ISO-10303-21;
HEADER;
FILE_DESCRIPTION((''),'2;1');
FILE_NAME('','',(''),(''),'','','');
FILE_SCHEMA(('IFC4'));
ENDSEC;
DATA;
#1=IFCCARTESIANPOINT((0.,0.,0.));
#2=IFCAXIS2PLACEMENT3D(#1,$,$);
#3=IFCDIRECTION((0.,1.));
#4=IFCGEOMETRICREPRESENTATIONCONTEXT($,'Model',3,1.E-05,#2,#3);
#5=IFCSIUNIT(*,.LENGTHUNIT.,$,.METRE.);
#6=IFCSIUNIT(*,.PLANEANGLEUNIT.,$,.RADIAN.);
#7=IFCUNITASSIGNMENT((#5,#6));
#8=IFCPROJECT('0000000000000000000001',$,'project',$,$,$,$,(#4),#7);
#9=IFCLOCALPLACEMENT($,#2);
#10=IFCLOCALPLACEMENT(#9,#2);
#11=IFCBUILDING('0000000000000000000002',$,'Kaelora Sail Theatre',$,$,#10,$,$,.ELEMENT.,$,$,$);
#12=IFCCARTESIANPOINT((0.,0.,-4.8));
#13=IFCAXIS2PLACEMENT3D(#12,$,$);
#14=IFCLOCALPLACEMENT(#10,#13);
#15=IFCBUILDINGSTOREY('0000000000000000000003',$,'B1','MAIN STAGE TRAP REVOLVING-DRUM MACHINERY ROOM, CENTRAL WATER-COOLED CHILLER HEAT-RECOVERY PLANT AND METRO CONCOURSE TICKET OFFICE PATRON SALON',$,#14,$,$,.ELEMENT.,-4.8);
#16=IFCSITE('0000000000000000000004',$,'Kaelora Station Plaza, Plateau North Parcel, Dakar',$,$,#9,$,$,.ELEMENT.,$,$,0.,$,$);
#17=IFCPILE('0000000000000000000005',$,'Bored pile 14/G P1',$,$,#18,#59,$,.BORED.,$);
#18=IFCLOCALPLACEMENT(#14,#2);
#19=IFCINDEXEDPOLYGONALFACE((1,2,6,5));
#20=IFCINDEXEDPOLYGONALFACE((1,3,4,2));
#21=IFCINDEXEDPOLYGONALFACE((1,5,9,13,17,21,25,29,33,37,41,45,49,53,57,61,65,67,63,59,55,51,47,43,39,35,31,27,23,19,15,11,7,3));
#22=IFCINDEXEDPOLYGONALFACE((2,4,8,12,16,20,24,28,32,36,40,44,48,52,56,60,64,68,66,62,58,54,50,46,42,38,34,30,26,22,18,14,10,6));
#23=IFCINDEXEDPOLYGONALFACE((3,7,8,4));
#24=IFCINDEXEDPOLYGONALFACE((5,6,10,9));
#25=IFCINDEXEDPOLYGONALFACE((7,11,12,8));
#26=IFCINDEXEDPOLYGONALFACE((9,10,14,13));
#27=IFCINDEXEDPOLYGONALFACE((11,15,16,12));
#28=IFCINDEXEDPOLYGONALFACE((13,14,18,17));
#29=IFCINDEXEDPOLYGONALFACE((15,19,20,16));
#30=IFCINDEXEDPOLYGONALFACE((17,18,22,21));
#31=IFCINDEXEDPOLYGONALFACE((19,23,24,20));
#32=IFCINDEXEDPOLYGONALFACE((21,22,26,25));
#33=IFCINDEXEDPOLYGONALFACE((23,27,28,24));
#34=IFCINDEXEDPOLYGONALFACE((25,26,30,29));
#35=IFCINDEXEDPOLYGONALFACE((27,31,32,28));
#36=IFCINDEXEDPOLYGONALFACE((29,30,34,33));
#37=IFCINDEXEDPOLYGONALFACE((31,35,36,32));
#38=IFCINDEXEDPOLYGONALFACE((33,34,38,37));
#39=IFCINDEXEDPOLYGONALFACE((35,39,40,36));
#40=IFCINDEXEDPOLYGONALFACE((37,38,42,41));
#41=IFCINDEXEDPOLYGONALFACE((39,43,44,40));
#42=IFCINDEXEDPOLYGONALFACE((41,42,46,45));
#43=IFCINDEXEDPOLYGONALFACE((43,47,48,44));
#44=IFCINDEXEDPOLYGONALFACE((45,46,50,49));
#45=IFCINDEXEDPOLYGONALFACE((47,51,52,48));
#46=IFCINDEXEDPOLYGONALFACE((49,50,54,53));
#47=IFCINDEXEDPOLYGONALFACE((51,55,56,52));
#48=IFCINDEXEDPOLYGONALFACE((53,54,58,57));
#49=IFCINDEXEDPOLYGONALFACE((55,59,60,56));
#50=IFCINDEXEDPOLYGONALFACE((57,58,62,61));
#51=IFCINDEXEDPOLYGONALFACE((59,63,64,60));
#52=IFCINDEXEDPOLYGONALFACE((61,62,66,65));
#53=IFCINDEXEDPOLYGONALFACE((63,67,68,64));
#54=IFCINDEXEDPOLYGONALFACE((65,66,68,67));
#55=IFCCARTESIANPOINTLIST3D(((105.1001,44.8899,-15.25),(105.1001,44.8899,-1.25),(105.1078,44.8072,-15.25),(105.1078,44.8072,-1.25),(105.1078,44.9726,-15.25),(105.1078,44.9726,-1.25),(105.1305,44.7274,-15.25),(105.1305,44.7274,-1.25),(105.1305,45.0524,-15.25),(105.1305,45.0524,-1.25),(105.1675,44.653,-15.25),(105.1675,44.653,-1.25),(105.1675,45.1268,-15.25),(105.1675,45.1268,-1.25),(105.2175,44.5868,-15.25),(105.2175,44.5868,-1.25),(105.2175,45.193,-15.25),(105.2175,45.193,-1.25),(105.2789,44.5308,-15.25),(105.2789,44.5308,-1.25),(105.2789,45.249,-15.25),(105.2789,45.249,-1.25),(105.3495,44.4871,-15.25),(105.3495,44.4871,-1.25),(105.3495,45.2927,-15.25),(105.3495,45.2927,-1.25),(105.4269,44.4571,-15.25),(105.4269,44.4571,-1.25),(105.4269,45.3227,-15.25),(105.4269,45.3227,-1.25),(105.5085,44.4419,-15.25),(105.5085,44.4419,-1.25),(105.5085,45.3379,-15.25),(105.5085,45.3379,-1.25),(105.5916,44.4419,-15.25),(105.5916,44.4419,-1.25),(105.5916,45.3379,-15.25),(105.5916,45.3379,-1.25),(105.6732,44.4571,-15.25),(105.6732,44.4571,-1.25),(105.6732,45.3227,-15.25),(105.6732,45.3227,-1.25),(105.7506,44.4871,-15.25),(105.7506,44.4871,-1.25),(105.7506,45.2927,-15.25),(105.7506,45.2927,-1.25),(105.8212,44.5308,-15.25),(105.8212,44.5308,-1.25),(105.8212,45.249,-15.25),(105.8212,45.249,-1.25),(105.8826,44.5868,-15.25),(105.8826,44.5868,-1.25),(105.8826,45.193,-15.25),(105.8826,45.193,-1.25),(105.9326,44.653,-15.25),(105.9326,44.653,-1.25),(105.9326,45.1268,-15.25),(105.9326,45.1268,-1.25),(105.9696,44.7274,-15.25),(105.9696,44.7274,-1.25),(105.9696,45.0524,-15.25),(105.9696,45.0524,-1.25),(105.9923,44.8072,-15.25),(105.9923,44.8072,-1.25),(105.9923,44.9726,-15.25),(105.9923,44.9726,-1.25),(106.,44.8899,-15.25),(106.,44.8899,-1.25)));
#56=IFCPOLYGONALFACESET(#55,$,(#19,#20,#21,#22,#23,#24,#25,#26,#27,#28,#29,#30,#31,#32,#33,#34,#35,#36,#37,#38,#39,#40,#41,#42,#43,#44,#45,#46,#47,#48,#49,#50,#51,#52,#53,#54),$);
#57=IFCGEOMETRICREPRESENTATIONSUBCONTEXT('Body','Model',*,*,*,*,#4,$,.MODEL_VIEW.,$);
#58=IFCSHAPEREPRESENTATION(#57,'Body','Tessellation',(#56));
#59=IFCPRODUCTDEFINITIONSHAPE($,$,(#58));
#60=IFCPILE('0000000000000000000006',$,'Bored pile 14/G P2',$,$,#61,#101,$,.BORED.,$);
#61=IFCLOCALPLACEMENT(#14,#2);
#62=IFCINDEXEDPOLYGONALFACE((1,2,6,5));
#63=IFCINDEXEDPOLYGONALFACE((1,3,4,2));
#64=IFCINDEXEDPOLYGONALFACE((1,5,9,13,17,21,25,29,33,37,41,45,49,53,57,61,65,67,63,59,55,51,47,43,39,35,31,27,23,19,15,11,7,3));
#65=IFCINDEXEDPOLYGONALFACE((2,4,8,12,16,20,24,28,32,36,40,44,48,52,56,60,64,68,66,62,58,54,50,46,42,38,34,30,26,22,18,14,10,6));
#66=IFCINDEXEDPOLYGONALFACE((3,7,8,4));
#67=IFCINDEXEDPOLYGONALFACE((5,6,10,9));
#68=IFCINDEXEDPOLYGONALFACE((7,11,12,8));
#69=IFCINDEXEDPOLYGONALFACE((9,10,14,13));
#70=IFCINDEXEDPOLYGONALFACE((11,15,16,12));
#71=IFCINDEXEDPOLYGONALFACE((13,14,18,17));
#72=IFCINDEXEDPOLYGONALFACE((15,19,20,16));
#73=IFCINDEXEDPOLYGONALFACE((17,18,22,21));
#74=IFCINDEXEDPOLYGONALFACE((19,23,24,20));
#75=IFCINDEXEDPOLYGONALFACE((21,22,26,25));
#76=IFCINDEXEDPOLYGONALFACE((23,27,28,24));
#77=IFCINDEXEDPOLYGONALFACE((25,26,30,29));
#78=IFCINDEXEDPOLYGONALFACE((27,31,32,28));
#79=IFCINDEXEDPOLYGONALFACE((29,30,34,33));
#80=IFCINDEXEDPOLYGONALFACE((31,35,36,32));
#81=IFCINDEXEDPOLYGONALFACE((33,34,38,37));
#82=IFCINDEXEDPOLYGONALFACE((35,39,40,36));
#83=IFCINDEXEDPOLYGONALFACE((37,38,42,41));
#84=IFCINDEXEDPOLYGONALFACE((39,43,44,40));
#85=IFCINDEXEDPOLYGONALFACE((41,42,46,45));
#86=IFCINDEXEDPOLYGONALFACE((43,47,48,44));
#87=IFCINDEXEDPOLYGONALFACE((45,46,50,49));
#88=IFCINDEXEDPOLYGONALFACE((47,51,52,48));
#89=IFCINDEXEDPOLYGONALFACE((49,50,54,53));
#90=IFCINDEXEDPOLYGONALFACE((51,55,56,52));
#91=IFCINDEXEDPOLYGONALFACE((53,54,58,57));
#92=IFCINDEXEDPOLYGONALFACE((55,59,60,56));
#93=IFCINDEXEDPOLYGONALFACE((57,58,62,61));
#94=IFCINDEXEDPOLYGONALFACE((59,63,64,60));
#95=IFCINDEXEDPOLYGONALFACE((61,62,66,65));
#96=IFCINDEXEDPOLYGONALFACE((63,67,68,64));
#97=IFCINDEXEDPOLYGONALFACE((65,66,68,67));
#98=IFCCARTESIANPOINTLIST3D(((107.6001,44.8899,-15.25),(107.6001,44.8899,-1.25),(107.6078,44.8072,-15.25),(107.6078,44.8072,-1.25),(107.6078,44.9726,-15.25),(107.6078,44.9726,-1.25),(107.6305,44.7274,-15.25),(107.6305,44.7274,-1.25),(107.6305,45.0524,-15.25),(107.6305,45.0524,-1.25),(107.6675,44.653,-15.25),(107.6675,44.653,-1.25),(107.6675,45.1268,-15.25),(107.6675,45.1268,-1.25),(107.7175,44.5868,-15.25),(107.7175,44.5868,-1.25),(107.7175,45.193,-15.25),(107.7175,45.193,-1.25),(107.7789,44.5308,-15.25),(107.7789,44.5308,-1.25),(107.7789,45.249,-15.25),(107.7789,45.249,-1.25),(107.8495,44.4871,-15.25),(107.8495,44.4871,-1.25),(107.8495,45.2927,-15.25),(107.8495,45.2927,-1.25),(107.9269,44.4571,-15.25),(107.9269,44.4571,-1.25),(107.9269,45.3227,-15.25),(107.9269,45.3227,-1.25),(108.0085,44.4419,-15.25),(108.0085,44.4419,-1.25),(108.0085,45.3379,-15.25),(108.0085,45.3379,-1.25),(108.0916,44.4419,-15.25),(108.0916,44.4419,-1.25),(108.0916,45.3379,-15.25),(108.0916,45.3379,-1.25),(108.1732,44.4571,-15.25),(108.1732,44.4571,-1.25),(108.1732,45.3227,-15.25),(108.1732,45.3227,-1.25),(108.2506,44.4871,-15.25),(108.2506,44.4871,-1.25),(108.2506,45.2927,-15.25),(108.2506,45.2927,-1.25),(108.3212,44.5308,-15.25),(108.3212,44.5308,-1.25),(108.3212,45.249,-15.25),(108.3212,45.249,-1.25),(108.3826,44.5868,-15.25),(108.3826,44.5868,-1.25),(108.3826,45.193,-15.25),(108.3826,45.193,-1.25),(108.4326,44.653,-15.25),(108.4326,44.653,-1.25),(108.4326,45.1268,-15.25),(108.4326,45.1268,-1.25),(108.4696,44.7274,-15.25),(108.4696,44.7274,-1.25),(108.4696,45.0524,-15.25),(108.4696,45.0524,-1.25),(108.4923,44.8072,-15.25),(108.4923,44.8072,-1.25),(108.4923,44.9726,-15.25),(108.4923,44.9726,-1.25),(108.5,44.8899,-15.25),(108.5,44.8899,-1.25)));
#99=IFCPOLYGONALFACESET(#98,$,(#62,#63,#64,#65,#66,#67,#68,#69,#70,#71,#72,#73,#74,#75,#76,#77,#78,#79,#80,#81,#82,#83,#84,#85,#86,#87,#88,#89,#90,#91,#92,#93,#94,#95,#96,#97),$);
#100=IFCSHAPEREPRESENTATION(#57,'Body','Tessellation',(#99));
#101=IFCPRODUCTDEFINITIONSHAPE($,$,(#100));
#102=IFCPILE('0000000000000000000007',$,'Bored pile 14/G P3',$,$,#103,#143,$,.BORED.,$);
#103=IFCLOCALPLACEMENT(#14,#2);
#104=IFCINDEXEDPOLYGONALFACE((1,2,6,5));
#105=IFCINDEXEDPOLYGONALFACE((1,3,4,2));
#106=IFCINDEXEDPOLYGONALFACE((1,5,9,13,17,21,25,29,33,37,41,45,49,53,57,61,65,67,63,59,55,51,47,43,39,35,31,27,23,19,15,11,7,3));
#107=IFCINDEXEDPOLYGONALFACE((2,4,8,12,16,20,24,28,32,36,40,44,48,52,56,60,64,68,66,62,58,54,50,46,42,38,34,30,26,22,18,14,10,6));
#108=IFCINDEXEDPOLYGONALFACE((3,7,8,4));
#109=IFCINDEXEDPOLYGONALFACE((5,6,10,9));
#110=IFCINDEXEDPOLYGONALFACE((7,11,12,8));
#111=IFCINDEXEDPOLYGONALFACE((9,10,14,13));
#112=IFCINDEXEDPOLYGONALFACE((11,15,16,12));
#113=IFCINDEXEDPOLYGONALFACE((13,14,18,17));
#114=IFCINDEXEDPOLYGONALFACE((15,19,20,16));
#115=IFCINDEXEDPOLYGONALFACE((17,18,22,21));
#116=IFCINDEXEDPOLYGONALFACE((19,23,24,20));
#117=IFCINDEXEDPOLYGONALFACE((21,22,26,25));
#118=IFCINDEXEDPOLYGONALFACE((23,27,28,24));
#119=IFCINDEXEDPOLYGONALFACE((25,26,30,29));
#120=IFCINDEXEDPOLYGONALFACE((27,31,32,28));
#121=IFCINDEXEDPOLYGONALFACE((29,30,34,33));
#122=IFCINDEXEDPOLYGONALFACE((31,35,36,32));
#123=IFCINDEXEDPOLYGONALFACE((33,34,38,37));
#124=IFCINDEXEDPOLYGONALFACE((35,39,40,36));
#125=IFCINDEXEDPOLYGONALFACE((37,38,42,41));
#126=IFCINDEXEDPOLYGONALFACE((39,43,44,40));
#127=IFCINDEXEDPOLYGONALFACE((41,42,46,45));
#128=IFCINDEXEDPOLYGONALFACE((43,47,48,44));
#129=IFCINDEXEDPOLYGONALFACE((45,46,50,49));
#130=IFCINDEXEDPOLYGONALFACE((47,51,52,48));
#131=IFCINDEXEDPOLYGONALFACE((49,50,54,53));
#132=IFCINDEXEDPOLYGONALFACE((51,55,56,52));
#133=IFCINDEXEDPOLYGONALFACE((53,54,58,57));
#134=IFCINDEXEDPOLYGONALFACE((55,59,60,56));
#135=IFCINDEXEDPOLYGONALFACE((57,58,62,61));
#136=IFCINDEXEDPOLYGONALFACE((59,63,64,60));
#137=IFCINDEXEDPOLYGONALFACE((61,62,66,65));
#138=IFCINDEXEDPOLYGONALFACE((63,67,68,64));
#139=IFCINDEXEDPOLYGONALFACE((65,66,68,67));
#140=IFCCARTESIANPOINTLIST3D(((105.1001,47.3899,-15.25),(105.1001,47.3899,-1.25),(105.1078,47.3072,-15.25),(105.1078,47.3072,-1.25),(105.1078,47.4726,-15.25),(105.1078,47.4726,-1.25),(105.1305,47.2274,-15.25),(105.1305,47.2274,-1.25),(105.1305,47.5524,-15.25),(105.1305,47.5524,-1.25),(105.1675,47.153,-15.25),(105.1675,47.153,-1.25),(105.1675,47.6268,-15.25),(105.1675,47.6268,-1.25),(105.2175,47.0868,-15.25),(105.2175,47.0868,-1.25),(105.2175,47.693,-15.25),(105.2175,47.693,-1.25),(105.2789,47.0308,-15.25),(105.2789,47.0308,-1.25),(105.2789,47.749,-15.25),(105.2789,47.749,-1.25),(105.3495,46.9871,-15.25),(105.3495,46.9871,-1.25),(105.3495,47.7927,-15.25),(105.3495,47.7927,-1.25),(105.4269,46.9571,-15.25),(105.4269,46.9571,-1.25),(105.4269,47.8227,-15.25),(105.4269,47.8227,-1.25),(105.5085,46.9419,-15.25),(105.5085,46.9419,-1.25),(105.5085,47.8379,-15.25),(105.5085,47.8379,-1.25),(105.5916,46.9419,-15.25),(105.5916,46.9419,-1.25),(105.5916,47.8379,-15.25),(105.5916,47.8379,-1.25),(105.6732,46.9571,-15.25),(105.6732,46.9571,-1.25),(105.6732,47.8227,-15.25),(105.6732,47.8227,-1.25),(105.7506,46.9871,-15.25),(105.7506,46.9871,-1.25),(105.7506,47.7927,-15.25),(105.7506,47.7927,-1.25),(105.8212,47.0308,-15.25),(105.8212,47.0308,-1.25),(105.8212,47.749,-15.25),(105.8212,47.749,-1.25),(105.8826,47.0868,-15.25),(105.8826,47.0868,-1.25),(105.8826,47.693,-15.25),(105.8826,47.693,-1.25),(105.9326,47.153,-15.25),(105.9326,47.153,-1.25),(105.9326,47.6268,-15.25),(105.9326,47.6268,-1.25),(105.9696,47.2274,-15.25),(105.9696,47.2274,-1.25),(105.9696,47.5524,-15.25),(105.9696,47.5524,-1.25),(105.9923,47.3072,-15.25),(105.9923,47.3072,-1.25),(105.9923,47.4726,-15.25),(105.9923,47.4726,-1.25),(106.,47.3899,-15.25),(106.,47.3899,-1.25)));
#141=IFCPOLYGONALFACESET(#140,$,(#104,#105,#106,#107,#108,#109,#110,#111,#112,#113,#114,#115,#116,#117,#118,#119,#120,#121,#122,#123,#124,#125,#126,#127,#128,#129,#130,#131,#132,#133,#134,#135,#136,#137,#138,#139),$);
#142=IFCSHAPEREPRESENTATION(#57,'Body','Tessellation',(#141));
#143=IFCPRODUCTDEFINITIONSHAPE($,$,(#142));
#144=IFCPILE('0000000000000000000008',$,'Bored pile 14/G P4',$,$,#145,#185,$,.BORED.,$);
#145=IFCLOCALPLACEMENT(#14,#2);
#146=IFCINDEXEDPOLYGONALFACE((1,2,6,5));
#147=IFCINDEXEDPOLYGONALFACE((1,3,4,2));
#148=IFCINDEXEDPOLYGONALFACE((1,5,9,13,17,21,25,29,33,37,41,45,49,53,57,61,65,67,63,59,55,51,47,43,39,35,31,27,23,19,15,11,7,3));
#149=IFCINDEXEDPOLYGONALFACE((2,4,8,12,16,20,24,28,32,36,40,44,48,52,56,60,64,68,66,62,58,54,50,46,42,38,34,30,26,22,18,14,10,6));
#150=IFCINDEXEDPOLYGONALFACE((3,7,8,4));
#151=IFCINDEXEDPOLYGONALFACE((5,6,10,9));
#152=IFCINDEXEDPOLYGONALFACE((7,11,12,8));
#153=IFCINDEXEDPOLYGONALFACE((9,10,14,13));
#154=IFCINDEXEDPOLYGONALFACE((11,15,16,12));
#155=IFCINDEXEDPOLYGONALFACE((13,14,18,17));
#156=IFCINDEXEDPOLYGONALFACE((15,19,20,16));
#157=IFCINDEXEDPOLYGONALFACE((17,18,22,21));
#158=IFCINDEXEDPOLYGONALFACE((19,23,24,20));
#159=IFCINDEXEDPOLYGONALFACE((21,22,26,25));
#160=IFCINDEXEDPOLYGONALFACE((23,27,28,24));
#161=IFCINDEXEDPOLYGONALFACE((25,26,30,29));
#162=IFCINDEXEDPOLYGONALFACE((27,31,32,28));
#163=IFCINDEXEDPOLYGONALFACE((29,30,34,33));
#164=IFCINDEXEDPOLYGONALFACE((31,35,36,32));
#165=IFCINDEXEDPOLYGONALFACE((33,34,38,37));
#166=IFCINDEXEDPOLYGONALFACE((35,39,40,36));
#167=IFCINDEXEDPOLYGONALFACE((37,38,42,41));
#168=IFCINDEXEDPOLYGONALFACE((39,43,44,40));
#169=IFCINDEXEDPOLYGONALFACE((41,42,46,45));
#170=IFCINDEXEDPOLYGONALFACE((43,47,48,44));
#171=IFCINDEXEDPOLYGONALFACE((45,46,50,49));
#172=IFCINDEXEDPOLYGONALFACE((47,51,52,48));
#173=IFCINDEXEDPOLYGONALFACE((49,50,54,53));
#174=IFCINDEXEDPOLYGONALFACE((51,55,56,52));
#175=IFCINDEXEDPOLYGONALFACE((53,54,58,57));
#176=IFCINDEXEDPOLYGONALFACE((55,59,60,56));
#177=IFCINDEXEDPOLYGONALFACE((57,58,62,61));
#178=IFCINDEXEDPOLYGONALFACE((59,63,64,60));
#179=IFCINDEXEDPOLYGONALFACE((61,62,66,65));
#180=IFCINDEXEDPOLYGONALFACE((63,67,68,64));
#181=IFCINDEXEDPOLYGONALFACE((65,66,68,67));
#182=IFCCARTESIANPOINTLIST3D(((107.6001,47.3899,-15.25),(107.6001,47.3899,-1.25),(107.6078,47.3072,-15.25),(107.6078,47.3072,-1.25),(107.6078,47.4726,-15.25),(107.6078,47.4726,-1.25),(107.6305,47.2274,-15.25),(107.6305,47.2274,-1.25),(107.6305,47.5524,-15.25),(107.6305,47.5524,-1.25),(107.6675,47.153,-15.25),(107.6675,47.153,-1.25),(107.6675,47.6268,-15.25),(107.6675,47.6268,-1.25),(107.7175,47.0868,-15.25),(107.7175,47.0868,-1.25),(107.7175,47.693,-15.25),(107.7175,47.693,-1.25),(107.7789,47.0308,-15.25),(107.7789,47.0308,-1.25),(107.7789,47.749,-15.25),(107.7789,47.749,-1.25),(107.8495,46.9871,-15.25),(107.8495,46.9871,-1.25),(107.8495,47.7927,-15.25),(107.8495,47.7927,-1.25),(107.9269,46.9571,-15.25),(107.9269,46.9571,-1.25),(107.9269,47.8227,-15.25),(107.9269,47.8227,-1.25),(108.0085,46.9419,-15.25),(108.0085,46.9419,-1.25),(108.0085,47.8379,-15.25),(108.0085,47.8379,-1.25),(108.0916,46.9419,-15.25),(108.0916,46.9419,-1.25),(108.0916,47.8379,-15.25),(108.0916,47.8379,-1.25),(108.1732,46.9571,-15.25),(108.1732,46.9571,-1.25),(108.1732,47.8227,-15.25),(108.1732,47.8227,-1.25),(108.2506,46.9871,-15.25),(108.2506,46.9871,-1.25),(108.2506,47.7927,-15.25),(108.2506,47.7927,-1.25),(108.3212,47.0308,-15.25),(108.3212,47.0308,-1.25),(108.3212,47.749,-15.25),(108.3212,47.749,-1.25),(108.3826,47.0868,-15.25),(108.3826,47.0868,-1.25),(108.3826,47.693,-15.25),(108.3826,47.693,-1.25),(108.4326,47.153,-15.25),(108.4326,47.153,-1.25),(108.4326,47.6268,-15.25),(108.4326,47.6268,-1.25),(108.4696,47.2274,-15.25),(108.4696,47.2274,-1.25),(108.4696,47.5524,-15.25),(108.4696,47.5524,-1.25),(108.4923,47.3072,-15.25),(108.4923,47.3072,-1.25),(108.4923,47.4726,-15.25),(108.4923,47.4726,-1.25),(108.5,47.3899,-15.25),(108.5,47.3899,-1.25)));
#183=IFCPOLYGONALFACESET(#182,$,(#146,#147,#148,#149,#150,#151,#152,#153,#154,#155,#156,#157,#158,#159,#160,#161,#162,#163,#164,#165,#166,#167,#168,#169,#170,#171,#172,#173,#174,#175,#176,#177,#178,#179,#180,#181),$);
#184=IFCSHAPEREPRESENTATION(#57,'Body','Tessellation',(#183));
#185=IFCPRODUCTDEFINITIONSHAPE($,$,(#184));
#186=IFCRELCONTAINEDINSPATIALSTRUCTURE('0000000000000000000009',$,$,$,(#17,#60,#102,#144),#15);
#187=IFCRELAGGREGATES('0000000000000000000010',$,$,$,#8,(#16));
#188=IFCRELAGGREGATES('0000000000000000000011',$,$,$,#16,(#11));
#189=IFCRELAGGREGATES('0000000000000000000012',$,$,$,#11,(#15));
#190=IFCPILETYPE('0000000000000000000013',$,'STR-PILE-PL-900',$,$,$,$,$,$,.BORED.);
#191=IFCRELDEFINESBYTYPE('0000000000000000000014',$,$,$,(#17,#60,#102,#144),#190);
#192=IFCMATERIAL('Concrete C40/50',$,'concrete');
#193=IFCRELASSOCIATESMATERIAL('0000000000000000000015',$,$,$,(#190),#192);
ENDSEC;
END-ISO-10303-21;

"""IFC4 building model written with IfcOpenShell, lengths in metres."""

from ifc_helpers import new_model, si_unit, direction, frame, origin, origin_2d, place, context, subcontext, project, spatial, circle, extrude, material, material_profile, profile_set, type_object, element, save


model = new_model("IFC4")

# Units and contexts
model_context = context("Model", 3, precision=1e-05, world=origin(), true_north=direction((0.0, 1.0)))
body_context = subcontext(model_context, "Body", "Model", "MODEL_VIEW")
ifc_project = project(units=[si_unit("LENGTHUNIT", "METRE"), si_unit("PLANEANGLEUNIT", "RADIAN")], contexts=[model_context])

# Site, building, storey
site_placement = place(None, origin())
site = spatial("IfcSite", under=ifc_project, at=site_placement, Name="Kaelora Station Plaza, Plateau North Parcel, Dakar", CompositionType="ELEMENT", RefElevation=0.0)
building_placement = place(site_placement, origin())
building = spatial("IfcBuilding", under=site, at=building_placement, Name="Kaelora Sail Theatre", CompositionType="ELEMENT")
storey_placement = place(building_placement, frame((0.0, 0.0, -4.8)))
storey = spatial("IfcBuildingStorey", under=building, at=storey_placement, Name="B1", Description="MAIN STAGE TRAP REVOLVING-DRUM MACHINERY ROOM, CENTRAL WATER-COOLED CHILLER HEAT-RECOVERY PLANT AND METRO CONCOURSE TICKET OFFICE PATRON SALON", CompositionType="ELEMENT", Elevation=-4.8)

# Piles
ifc_material_1 = material(Name="Concrete C40/50", Category="concrete")
ifc_material_profile_1 = material_profile(ifc_material_1, circle(Radius=0.45, at=origin_2d()), Name="PILE D900")
ifc_profile_set_1 = profile_set([ifc_material_profile_1], Name="Concrete C40/50")
pile_type_1 = type_object("IfcPileType", Name="STR-PILE-PL-900", PredefinedType="BORED", material=ifc_profile_set_1)
for number, where, z_axis, x_axis, name in (
    (1, (105.55, 44.8899, -1.25), (0.0, 0.0, -1.0), (1.0, 0.0, 0.0), "Bored pile 14/G P1"),
    (2, (108.05, 44.8899, -1.25), (0.0, 0.0, -1.0), (1.0, 0.0, 0.0), "Bored pile 14/G P2"),
    (3, (105.55, 47.3899, -1.25), (0.0, 0.0, -1.0), (1.0, 0.0, 0.0), "Bored pile 14/G P3"),
    (4, (108.05, 47.3899, -1.25), (0.0, 0.0, -1.0), (1.0, 0.0, 0.0), "Bored pile 14/G P4"),
):
    element("IfcPile", number, at=place(storey_placement, frame(where, z_axis=z_axis, x_axis=x_axis)), inside=storey, type_object=pile_type_1, Name=name, PredefinedType="BORED", context=body_context, shape_type="SweptSolid", body=[
        extrude(circle(Radius=0.45, at=origin_2d()), origin(), (0.0, 0.0, 1.0), 14.0),
    ])

save(model, "model.ifc")
